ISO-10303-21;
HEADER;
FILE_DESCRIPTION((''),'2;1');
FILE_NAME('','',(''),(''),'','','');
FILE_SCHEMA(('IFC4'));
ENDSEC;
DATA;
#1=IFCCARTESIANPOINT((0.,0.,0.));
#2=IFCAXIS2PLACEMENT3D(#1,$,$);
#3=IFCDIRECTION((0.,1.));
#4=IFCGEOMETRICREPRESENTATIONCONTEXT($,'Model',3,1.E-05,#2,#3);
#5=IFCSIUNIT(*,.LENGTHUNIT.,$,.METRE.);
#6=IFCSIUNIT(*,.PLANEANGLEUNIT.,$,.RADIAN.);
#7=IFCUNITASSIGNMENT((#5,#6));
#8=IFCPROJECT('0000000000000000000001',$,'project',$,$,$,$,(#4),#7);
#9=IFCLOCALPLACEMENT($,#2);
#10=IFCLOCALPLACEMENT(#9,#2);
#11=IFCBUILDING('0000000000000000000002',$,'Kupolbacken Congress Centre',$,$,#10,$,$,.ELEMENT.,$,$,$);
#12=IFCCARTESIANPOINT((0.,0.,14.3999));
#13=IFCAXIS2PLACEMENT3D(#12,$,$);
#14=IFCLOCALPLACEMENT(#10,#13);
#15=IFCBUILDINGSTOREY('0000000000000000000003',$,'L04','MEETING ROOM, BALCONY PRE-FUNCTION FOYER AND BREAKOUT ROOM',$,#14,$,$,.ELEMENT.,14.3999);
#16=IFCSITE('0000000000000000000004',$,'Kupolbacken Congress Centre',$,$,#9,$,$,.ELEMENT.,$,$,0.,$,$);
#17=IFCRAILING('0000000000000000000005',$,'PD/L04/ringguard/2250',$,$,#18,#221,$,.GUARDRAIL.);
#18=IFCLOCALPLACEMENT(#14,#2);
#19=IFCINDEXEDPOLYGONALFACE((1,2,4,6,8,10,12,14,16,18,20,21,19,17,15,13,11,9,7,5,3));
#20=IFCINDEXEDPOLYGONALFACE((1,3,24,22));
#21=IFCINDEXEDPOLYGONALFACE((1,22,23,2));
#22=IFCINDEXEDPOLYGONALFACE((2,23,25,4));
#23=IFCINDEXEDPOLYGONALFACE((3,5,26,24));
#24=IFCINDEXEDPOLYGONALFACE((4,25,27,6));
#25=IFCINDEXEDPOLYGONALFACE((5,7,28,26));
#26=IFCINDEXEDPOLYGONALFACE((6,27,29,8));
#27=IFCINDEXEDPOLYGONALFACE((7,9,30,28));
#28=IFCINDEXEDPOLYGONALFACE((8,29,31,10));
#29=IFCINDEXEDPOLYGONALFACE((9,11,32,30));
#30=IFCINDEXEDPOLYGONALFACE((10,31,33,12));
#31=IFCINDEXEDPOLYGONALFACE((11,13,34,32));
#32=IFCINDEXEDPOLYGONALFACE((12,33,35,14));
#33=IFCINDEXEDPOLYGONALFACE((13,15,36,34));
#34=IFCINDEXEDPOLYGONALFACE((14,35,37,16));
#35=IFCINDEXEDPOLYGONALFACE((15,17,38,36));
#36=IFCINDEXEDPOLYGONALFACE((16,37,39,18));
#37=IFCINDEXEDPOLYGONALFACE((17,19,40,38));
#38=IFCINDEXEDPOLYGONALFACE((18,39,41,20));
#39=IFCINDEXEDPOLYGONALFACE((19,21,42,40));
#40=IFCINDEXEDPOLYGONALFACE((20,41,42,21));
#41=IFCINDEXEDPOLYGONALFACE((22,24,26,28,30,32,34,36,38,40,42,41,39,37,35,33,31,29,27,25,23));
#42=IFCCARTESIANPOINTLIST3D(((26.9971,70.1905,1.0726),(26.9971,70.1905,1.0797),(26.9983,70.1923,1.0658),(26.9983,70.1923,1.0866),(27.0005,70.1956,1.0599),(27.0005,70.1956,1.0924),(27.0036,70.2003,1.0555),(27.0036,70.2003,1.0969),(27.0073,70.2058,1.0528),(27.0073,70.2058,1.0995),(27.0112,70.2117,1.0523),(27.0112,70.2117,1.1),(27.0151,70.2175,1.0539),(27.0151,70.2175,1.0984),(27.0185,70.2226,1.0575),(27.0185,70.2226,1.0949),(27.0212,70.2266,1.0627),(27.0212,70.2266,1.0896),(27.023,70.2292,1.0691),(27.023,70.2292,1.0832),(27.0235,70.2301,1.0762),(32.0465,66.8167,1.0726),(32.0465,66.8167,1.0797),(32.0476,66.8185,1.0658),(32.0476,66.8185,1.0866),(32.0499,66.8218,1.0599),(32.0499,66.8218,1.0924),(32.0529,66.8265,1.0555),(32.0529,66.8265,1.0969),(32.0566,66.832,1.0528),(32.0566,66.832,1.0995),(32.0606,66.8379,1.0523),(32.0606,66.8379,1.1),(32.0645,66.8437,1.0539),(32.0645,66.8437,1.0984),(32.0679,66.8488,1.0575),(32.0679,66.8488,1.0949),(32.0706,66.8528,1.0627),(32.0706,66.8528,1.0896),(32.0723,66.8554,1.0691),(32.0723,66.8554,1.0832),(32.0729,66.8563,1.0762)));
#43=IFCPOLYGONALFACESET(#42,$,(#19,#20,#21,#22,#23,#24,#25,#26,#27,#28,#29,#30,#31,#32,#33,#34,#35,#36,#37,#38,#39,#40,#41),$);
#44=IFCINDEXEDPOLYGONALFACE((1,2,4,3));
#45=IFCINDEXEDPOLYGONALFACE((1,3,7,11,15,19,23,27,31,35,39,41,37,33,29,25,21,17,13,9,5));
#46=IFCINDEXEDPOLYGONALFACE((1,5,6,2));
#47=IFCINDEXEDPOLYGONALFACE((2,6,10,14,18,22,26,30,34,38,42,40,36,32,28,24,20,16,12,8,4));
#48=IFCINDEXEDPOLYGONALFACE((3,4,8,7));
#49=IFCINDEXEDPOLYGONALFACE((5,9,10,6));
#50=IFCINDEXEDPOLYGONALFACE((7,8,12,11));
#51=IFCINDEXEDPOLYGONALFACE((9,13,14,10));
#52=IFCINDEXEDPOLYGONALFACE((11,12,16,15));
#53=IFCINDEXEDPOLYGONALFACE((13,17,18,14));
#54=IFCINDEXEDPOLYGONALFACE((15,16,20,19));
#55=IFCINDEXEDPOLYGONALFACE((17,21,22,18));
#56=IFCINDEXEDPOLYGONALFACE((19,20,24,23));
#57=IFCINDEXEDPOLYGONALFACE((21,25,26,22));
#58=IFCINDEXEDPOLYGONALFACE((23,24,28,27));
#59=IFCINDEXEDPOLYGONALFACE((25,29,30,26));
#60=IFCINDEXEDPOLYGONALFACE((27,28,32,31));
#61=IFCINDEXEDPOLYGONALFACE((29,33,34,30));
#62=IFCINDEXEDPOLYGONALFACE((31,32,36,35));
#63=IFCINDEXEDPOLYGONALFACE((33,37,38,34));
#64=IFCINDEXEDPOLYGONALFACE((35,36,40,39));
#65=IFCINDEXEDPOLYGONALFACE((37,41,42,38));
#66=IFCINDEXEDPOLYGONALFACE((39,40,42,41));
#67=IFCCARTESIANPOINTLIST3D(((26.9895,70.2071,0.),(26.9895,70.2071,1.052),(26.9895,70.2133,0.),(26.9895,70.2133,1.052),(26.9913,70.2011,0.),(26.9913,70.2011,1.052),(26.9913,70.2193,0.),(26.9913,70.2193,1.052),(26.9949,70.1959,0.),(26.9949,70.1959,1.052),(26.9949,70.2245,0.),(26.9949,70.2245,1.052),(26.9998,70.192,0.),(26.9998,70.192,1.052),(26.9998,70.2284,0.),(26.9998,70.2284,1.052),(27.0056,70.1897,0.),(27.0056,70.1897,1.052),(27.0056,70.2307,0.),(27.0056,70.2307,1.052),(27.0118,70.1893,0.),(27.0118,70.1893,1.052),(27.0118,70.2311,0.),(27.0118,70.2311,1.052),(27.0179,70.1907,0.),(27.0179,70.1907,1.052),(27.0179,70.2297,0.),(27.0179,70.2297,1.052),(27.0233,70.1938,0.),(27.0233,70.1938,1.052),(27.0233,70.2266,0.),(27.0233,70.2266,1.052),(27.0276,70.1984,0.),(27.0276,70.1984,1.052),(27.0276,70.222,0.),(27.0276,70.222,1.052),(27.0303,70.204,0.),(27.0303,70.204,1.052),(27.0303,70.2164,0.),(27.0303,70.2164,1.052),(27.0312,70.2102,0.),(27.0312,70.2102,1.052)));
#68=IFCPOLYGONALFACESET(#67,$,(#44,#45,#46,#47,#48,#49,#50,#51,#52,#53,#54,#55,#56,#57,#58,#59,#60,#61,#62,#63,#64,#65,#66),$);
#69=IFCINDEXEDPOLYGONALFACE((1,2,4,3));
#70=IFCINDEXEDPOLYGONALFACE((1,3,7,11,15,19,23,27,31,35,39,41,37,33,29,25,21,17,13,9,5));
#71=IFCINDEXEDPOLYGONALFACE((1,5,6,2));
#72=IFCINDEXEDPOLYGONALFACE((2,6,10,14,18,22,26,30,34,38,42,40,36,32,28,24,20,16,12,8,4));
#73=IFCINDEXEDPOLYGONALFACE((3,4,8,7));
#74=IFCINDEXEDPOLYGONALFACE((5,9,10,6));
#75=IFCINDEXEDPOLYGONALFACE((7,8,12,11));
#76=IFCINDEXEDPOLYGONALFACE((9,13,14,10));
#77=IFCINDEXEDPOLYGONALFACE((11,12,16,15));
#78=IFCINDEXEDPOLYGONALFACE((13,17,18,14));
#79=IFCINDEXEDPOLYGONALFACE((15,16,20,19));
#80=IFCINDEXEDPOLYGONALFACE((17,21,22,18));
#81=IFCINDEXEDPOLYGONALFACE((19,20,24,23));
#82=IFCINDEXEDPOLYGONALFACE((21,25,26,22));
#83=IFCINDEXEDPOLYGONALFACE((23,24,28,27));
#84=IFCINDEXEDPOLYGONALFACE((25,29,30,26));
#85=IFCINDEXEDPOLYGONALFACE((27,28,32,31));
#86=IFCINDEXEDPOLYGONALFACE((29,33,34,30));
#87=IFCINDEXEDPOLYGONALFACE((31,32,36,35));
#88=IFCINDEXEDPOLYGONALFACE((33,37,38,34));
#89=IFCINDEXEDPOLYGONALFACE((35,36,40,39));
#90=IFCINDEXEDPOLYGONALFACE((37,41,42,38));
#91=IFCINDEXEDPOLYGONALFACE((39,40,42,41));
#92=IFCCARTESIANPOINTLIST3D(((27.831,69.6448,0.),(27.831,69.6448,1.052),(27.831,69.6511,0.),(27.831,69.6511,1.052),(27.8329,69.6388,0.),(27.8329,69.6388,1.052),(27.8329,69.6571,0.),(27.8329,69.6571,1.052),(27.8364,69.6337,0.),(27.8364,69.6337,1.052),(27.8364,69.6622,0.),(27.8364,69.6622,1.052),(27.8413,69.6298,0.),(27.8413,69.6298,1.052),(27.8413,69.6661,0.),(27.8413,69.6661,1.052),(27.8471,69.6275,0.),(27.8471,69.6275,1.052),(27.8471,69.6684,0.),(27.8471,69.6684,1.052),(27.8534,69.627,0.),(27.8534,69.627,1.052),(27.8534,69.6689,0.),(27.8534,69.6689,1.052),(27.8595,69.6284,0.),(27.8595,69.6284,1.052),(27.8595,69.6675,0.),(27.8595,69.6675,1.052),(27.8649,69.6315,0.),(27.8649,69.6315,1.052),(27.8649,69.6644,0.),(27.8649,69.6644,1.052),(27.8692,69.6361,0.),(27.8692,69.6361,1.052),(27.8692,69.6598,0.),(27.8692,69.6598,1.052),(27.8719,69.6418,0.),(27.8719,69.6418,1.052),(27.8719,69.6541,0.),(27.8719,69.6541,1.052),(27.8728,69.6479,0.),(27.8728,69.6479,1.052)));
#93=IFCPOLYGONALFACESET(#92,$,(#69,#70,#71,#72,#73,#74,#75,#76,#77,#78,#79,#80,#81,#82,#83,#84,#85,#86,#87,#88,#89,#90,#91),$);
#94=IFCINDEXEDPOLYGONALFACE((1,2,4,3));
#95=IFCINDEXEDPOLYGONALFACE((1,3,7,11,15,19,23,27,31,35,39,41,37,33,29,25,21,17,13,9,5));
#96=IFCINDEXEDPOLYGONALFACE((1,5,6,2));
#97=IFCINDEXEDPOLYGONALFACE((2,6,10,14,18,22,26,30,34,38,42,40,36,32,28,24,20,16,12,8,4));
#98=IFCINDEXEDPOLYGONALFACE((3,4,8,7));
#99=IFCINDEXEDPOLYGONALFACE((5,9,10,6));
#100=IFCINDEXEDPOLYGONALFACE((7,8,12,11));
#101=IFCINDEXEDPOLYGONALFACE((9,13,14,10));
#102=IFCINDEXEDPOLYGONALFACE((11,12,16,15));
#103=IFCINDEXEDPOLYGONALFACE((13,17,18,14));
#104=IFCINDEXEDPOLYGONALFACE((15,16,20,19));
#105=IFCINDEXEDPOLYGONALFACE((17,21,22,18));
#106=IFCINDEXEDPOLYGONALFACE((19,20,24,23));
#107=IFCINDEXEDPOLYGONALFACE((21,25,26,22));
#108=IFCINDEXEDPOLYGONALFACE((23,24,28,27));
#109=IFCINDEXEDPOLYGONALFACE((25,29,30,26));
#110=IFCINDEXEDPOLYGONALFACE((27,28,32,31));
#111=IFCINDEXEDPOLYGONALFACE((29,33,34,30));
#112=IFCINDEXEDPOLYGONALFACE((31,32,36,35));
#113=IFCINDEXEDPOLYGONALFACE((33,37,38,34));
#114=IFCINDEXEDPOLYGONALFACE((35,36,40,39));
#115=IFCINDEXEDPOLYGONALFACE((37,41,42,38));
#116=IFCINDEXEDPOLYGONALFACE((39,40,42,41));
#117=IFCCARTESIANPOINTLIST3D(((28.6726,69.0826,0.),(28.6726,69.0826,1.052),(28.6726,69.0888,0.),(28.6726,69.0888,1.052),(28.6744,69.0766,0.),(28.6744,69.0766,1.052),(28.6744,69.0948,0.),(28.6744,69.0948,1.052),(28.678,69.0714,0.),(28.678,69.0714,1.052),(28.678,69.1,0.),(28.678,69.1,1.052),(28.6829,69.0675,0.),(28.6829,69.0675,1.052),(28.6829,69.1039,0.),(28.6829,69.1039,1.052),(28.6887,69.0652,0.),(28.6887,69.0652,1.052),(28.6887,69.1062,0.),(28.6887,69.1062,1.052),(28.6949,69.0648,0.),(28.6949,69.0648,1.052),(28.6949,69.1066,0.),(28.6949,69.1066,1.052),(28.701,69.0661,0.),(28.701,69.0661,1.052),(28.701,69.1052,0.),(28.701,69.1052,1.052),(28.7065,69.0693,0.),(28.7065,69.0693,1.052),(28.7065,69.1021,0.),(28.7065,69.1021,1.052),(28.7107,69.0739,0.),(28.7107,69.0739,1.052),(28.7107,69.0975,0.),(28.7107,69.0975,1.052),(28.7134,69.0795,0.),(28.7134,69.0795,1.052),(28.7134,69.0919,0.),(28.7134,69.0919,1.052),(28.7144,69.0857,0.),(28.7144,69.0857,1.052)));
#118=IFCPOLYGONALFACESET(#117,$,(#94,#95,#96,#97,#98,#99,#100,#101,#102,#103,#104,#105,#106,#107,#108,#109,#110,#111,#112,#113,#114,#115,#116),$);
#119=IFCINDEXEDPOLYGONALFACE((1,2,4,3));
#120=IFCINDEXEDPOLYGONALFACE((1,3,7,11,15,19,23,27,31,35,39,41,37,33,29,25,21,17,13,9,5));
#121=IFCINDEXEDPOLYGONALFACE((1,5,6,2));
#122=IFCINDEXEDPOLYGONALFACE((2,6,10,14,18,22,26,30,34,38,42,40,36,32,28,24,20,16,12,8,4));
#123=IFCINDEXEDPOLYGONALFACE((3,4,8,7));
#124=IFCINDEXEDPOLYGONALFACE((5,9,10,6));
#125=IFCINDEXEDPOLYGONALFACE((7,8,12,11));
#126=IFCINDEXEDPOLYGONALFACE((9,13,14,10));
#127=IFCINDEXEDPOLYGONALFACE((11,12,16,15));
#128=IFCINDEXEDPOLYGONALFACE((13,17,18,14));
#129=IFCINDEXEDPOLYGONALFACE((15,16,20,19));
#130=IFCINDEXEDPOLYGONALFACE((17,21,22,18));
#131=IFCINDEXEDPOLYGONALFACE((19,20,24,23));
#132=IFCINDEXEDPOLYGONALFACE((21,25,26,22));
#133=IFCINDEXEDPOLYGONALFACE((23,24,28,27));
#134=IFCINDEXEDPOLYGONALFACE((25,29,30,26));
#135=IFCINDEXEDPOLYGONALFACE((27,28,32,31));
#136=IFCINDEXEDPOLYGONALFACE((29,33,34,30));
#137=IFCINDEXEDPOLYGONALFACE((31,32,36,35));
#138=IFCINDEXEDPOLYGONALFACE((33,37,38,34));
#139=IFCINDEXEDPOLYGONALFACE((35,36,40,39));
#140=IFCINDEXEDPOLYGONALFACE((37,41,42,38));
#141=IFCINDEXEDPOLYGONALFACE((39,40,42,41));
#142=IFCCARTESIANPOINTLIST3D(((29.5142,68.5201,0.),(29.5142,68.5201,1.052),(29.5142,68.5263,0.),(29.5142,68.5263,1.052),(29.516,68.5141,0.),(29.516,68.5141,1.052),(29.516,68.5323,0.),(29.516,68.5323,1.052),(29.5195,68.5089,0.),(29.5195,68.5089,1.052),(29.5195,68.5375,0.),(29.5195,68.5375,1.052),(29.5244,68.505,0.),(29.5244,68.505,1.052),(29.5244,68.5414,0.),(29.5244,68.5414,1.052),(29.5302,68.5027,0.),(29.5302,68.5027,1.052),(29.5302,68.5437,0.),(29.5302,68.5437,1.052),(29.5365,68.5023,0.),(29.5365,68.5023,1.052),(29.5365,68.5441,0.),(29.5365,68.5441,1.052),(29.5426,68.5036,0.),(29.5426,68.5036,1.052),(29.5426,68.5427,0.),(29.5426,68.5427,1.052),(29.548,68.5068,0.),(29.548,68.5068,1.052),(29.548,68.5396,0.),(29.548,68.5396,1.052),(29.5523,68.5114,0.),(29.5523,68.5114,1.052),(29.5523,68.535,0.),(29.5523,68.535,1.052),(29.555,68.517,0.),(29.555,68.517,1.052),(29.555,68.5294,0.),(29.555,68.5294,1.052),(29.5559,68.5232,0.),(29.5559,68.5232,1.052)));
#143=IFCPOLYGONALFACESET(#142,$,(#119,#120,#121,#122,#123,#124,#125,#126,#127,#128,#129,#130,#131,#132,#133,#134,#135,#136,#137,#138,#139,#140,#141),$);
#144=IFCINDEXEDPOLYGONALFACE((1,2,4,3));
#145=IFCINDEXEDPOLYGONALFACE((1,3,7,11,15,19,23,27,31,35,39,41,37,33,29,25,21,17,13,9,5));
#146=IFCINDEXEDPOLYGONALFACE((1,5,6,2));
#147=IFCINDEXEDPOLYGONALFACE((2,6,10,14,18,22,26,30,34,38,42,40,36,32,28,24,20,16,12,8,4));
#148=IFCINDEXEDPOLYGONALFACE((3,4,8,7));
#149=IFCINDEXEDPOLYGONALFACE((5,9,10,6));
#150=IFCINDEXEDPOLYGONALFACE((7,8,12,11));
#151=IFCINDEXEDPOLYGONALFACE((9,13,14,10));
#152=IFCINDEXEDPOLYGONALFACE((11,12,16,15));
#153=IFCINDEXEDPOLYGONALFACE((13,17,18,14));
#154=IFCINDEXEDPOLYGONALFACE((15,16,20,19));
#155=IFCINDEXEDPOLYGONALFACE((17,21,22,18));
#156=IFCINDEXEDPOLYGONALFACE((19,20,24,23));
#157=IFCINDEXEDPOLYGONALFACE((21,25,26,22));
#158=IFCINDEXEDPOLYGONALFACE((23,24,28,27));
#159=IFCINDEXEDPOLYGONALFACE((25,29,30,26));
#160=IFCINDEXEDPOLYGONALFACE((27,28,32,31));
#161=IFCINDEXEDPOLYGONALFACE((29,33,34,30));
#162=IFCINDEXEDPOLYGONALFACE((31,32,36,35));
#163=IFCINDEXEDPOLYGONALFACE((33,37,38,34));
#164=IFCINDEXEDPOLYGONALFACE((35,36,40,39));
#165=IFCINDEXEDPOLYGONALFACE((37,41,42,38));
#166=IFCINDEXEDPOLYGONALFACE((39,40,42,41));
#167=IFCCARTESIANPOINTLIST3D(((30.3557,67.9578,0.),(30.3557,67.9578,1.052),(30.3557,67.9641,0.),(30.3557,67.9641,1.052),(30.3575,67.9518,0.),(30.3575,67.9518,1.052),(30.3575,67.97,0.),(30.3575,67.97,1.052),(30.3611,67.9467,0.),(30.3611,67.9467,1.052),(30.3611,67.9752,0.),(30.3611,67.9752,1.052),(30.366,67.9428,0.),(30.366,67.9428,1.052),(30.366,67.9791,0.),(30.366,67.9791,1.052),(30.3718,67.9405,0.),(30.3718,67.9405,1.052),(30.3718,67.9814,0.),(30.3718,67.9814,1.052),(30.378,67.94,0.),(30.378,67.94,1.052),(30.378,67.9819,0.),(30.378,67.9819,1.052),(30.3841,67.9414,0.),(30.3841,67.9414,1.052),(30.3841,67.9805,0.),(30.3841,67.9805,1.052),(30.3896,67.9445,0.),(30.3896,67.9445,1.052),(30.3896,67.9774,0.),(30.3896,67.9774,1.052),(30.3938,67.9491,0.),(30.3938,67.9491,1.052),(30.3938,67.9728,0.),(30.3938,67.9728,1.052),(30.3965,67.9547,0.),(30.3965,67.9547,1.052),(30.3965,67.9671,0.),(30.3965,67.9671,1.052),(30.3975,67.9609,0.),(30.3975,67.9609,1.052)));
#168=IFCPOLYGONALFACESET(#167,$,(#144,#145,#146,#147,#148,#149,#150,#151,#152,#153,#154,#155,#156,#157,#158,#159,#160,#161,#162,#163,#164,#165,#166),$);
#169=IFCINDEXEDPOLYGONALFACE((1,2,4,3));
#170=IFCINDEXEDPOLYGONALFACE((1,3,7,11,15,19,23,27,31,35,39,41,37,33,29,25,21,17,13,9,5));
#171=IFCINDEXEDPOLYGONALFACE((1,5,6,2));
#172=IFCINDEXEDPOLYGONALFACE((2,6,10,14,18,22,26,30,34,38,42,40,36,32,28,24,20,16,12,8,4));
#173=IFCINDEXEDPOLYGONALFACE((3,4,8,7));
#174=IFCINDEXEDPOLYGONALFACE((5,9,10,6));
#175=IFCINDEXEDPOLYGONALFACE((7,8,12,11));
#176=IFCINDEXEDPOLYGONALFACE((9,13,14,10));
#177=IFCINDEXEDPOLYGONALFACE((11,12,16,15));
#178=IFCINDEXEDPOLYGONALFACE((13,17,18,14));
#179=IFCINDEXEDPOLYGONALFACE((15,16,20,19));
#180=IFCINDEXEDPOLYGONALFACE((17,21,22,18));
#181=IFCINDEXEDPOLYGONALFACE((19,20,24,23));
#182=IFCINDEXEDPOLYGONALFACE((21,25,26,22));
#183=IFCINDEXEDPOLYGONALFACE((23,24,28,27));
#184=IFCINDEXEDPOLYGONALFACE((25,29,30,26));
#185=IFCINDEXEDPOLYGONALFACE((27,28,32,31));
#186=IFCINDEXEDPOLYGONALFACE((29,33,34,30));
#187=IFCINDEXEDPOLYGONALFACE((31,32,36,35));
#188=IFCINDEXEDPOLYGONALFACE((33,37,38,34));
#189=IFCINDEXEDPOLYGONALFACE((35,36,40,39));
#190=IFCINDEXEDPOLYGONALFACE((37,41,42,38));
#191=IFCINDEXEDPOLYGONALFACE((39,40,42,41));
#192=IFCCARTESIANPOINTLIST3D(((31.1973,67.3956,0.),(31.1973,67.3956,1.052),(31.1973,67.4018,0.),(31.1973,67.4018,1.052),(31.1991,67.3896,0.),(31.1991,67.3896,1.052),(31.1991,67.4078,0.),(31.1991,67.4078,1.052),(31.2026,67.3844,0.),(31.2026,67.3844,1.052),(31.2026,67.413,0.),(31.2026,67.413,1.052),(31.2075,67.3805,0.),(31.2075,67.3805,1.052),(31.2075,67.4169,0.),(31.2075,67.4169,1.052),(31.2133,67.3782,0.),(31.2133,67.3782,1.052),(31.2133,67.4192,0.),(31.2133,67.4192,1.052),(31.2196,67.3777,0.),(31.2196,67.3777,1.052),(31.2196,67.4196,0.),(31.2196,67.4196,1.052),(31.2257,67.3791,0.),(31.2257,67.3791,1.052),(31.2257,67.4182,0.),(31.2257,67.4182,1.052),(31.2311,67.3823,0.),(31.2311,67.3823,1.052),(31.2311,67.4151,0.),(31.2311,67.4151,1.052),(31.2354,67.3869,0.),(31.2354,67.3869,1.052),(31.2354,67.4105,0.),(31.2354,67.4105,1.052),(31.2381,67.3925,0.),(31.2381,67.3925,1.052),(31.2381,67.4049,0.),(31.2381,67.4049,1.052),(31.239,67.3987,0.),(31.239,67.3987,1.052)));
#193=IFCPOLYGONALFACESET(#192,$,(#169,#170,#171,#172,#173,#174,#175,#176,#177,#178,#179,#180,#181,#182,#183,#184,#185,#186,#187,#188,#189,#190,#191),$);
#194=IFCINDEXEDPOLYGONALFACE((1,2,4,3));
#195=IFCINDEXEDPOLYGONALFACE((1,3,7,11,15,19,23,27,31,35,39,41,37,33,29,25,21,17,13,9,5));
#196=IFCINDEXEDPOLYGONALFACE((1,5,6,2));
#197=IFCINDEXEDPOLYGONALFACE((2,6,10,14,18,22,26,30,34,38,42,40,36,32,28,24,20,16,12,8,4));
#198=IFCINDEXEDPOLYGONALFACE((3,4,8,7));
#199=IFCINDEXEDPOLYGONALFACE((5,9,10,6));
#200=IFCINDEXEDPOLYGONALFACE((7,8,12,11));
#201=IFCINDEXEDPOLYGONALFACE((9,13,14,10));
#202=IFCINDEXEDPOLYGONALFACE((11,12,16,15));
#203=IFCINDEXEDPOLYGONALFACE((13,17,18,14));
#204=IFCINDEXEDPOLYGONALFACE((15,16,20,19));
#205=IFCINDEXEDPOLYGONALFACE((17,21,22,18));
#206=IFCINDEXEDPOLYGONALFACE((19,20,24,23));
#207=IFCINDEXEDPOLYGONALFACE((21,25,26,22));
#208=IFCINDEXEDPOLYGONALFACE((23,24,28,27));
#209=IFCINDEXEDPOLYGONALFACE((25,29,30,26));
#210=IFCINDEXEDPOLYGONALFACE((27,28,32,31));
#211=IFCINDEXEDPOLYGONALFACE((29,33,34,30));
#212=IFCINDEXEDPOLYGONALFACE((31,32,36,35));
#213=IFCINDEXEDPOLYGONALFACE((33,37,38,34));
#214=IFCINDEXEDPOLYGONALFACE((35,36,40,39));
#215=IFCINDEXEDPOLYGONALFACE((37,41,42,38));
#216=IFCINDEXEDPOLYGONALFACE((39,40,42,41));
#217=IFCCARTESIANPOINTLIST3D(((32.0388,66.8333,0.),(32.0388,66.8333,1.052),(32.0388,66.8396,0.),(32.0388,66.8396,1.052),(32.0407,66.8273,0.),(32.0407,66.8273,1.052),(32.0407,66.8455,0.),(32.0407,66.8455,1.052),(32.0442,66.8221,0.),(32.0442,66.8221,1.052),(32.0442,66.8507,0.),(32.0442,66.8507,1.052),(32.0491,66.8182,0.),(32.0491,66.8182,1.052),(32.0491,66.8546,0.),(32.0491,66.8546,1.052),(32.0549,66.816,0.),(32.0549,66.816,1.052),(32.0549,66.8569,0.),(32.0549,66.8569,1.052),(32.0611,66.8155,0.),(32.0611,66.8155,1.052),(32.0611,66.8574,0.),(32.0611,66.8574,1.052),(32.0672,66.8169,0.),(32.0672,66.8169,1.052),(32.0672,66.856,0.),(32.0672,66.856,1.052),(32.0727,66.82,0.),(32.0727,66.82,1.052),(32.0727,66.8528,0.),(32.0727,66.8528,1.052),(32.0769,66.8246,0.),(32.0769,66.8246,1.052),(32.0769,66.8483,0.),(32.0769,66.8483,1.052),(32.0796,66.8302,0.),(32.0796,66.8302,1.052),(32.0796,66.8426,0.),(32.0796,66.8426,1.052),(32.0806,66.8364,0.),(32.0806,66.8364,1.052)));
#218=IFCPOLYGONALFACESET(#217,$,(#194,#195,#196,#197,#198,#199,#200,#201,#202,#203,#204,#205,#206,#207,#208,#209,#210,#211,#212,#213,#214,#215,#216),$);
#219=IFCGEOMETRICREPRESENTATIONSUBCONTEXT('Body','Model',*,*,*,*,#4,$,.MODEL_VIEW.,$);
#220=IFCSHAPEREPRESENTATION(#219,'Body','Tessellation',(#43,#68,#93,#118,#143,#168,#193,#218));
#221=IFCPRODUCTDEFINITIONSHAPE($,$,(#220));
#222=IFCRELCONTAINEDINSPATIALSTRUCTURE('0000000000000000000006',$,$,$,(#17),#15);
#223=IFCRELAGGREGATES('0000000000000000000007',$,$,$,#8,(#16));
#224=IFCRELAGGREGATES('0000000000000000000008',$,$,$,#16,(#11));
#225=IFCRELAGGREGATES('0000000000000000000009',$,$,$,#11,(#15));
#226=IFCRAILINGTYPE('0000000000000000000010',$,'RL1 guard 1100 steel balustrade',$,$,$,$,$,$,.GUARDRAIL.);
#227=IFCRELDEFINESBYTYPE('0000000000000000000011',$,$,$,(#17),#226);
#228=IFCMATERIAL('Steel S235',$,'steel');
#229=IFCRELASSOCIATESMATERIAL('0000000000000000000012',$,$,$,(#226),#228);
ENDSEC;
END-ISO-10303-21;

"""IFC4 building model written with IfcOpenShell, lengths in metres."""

from ifc_helpers import new_model, si_unit, direction, frame, origin, origin_2d, place, context, subcontext, project, spatial, circle, extrude, material, type_object, element, save


model = new_model("IFC4")

# Units and contexts
model_context = context("Model", 3, precision=1e-05, world=origin(), true_north=direction((0.0, 1.0)))
body_context = subcontext(model_context, "Body", "Model", "MODEL_VIEW")
ifc_project = project(units=[si_unit("LENGTHUNIT", "METRE"), si_unit("PLANEANGLEUNIT", "RADIAN")], contexts=[model_context])

# Site, building, storey
site_placement = place(None, origin())
site = spatial("IfcSite", under=ifc_project, at=site_placement, Name="Kupolbacken Congress Centre", CompositionType="ELEMENT", RefElevation=0.0)
building_placement = place(site_placement, origin())
building = spatial("IfcBuilding", under=site, at=building_placement, Name="Kupolbacken Congress Centre", CompositionType="ELEMENT")
storey_placement = place(building_placement, frame((0.0, 0.0, 14.3999)))
storey = spatial("IfcBuildingStorey", under=building, at=storey_placement, Name="L04", Description="MEETING ROOM, BALCONY PRE-FUNCTION FOYER AND BREAKOUT ROOM", CompositionType="ELEMENT", Elevation=14.3999)

# Railing
ifc_material_1 = material(Name="Steel S235", Category="steel")
railing_type = type_object("IfcRailingType", Name="RL1 guard 1100 steel balustrade", PredefinedType="GUARDRAIL", material=ifc_material_1)
railing_1_placement = place(storey_placement, frame((27.0103, 70.2102, 0.0)))
element("IfcRailing", 1, at=railing_1_placement, inside=storey, type_object=railing_type, Name="PD/L04/ringguard/2250", PredefinedType="GUARDRAIL", context=body_context, shape_type="SweptSolid", body=[
    extrude(circle(Radius=0.0239, at=origin_2d()), frame((0.0, 0.0, 1.0762), z_axis=(0.831475, -0.555563, 0.0), x_axis=(0.555563, 0.831475, 0.0)), (0.0, 0.0, 1.0), 6.0728),
    extrude(circle(Radius=0.021, at=origin_2d()), origin(), (0.0, 0.0, 1.0), 1.052),
    extrude(circle(Radius=0.021, at=origin_2d()), frame((0.8416, -0.5623, 0.0)), (0.0, 0.0, 1.0), 1.052),
    extrude(circle(Radius=0.021, at=origin_2d()), frame((1.6831, -1.1245, 0.0)), (0.0, 0.0, 1.0), 1.052),
    extrude(circle(Radius=0.021, at=origin_2d()), frame((2.5247, -1.687, 0.0)), (0.0, 0.0, 1.0), 1.052),
    extrude(circle(Radius=0.021, at=origin_2d()), frame((3.3662, -2.2493, 0.0)), (0.0, 0.0, 1.0), 1.052),
    extrude(circle(Radius=0.021, at=origin_2d()), frame((4.2078, -2.8115, 0.0)), (0.0, 0.0, 1.0), 1.052),
    extrude(circle(Radius=0.021, at=origin_2d()), frame((5.0493, -3.3738, 0.0)), (0.0, 0.0, 1.0), 1.052),
])

save(model, "model.ifc")
